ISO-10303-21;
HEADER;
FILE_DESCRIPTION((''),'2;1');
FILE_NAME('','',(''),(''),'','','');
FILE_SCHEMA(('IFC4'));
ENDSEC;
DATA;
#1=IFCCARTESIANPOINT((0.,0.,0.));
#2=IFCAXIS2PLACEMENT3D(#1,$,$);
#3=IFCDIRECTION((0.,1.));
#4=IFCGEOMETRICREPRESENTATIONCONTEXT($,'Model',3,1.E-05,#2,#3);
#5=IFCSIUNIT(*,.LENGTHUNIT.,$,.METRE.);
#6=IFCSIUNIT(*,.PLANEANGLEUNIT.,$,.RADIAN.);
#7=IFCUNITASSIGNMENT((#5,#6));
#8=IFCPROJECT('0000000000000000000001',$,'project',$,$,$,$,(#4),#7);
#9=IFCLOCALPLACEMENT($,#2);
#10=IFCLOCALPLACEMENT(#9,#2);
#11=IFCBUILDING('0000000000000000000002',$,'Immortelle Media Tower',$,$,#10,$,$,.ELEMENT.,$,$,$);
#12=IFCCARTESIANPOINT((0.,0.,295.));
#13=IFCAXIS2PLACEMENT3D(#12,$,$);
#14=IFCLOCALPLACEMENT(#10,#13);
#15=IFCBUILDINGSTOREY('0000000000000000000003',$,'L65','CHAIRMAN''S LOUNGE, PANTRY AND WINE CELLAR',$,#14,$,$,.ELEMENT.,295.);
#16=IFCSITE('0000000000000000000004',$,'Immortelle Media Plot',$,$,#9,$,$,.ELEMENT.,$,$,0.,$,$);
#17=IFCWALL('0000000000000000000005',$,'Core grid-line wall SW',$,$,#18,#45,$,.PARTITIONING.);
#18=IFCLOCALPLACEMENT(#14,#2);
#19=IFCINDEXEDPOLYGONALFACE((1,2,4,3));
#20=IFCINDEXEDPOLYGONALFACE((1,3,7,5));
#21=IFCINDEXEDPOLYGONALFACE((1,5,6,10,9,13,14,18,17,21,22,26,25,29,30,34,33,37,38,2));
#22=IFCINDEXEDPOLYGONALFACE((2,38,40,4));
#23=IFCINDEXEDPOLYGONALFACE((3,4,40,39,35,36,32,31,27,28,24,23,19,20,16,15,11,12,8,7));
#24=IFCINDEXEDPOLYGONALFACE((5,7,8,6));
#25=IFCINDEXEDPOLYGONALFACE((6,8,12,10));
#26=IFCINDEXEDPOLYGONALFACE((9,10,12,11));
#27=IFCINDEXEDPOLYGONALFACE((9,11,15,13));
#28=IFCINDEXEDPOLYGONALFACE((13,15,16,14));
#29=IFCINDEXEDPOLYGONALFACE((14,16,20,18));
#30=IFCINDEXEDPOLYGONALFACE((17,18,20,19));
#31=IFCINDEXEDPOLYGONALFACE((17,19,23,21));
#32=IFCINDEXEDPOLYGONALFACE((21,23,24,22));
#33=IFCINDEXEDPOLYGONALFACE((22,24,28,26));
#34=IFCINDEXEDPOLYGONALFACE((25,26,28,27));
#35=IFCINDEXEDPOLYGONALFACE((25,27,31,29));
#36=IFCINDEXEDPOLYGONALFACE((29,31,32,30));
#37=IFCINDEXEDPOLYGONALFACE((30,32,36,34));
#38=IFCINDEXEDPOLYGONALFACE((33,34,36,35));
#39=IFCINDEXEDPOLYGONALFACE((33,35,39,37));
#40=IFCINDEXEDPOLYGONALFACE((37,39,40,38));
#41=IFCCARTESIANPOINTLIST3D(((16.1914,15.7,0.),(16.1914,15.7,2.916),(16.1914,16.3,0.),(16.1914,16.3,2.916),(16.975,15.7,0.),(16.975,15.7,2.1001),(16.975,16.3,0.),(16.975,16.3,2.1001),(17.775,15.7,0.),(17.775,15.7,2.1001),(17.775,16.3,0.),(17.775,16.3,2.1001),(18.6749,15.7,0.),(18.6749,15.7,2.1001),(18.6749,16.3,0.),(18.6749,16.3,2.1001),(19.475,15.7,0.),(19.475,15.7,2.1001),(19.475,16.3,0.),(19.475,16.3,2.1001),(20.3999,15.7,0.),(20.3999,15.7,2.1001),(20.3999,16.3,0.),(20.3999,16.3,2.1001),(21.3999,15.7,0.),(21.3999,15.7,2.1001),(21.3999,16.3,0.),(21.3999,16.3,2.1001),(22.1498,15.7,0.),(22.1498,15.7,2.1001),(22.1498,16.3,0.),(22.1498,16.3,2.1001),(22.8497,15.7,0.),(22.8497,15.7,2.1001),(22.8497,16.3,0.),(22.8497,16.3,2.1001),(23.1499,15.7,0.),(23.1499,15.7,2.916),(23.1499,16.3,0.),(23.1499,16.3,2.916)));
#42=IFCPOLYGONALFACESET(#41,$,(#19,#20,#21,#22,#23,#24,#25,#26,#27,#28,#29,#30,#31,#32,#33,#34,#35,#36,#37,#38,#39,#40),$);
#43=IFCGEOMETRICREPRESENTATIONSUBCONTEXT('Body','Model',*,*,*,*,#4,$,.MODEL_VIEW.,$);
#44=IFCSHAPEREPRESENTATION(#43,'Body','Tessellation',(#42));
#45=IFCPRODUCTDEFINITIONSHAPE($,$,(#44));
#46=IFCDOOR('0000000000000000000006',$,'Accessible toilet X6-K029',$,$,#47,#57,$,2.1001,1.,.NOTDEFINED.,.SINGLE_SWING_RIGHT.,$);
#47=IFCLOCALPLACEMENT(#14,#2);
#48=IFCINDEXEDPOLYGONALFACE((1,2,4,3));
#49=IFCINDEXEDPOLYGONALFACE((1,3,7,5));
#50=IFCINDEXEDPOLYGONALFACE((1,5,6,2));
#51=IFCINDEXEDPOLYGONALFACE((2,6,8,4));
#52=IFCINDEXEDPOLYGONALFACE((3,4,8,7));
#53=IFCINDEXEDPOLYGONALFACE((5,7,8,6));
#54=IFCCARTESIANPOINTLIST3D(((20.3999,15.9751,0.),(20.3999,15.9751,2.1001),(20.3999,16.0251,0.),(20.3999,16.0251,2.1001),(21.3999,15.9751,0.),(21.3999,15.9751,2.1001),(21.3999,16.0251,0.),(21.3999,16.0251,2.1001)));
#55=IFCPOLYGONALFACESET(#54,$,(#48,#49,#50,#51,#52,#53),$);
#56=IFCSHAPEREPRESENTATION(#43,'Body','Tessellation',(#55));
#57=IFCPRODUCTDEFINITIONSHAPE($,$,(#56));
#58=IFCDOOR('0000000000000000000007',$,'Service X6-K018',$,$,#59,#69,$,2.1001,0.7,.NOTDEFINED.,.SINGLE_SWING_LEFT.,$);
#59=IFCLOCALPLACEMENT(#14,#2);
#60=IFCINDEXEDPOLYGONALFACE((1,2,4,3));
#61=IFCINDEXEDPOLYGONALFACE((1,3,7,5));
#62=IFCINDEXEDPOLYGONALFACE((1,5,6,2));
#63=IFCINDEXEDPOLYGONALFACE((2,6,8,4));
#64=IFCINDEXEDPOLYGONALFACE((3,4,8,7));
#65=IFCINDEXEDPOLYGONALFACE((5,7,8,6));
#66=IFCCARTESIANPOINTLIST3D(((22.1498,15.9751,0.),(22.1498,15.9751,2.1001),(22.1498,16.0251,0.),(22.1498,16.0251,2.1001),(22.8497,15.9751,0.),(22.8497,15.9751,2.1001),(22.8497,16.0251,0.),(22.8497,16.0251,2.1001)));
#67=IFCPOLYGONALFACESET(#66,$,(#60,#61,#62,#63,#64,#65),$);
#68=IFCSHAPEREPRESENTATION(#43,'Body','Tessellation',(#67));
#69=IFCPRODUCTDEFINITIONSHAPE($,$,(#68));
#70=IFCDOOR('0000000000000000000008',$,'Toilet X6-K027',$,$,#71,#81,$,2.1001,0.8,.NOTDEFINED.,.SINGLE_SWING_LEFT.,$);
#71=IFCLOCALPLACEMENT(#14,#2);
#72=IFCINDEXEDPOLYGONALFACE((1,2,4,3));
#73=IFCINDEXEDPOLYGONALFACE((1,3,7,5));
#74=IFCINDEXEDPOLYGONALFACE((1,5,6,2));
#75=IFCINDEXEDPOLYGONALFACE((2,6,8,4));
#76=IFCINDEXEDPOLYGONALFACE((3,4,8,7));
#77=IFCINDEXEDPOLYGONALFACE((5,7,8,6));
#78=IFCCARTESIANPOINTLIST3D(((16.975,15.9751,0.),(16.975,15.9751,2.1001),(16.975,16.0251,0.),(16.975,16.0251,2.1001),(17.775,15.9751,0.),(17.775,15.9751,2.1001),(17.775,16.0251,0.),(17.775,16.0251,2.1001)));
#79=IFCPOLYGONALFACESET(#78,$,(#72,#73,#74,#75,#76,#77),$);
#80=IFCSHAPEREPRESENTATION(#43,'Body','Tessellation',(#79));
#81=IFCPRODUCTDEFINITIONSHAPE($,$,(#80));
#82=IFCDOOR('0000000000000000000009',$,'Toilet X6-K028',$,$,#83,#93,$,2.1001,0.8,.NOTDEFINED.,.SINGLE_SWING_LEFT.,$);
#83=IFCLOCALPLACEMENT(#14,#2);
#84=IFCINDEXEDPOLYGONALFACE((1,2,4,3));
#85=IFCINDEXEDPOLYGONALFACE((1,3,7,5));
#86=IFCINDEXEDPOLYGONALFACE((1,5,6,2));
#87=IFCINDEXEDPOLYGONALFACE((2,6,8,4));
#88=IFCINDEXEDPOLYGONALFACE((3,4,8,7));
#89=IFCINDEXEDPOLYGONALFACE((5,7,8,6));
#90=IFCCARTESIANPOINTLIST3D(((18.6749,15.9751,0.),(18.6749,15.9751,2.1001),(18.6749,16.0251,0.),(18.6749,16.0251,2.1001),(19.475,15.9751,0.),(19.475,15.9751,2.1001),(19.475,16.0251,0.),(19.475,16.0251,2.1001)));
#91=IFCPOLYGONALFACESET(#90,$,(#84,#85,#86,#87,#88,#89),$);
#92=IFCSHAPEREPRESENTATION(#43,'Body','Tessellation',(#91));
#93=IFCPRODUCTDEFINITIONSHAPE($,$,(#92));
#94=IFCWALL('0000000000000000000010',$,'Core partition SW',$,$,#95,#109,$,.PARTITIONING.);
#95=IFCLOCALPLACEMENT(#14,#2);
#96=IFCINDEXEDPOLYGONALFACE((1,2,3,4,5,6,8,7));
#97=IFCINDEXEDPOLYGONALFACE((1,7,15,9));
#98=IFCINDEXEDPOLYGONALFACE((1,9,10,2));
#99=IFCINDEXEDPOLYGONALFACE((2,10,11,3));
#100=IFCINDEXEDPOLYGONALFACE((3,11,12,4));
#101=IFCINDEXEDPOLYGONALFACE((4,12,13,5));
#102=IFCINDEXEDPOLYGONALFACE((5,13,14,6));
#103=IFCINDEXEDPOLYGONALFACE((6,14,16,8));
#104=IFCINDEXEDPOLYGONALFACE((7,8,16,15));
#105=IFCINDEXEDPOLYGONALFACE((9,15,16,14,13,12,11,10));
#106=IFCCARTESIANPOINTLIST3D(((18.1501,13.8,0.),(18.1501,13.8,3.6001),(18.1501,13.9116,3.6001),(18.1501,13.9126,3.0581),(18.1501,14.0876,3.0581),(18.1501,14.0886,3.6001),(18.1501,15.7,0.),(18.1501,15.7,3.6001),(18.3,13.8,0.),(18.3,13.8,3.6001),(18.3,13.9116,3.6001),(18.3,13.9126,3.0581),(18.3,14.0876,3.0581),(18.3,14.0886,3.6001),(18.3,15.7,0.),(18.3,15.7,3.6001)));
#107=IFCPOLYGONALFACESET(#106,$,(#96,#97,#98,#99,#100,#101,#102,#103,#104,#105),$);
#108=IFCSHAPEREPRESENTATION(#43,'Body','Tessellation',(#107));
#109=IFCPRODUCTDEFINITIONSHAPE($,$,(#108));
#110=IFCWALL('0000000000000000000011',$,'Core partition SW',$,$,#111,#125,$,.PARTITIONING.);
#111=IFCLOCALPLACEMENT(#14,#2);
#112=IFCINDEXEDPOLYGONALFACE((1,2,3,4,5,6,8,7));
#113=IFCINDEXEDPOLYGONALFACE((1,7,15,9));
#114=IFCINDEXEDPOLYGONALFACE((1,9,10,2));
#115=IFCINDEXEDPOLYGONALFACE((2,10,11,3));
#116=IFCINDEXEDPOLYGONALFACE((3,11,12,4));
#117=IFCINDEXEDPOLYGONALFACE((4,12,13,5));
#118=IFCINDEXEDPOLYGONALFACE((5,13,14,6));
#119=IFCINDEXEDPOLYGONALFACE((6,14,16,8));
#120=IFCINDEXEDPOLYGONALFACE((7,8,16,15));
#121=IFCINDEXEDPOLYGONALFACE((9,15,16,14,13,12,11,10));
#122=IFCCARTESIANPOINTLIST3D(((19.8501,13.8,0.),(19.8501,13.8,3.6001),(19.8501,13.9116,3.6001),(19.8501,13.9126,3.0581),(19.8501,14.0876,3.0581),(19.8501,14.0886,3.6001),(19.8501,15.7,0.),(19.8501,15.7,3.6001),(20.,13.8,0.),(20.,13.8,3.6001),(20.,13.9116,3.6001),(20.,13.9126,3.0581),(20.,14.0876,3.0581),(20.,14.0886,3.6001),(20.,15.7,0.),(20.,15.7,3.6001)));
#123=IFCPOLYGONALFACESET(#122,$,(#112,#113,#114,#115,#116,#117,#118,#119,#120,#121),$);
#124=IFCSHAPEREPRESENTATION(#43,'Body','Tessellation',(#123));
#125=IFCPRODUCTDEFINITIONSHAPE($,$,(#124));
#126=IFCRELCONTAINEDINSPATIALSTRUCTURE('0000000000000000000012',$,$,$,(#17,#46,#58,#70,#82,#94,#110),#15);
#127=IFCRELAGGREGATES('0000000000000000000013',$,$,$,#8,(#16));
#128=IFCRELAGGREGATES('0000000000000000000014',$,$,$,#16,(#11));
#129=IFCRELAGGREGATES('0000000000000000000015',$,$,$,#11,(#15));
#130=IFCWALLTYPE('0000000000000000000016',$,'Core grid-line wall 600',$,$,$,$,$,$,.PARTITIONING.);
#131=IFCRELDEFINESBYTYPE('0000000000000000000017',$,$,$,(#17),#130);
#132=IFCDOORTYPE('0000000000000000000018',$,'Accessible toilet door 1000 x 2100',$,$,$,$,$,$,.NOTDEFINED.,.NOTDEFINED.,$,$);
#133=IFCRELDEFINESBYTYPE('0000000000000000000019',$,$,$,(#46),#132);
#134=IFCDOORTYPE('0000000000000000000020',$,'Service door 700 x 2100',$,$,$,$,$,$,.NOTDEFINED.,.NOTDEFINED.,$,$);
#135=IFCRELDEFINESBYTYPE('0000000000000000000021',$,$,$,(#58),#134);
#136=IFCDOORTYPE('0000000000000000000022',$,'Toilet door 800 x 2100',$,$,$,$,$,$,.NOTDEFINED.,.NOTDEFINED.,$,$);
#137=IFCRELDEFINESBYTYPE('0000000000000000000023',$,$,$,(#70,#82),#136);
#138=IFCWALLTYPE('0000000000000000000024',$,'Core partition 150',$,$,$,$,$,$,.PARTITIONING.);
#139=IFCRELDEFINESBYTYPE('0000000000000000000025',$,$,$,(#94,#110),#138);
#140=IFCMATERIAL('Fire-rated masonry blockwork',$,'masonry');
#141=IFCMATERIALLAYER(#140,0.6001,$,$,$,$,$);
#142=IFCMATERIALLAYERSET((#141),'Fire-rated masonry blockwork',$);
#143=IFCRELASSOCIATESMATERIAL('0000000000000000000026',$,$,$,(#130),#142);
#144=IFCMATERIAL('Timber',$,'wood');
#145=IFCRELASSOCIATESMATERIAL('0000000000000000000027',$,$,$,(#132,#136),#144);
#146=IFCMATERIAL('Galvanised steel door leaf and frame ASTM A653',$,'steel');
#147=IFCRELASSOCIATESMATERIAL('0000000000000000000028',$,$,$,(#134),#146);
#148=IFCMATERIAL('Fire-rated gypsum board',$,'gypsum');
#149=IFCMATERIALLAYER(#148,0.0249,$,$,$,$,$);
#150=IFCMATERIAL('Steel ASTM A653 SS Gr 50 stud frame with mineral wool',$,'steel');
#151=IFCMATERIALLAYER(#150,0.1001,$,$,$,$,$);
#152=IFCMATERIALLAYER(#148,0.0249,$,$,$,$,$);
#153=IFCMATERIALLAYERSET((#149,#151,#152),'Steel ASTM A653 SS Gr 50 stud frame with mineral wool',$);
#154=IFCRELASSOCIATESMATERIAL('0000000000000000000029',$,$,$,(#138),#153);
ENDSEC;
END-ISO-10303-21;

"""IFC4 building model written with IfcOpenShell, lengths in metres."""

from ifc_helpers import new_model, si_unit, direction, frame, frame_2d, origin, place, context, subcontext, project, spatial, polyline, rectangle, outline, extrude, material, layer, layer_set, type_object, element, fill, save


model = new_model("IFC4")

# Units and contexts
model_context = context("Model", 3, precision=1e-05, world=origin(), true_north=direction((0.0, 1.0)))
body_context = subcontext(model_context, "Body", "Model", "MODEL_VIEW")
ifc_project = project(units=[si_unit("LENGTHUNIT", "METRE"), si_unit("PLANEANGLEUNIT", "RADIAN")], contexts=[model_context])

# Site, building, storey
site_placement = place(None, origin())
site = spatial("IfcSite", under=ifc_project, at=site_placement, Name="Immortelle Media Plot", CompositionType="ELEMENT", RefElevation=0.0)
building_placement = place(site_placement, origin())
building = spatial("IfcBuilding", under=site, at=building_placement, Name="Immortelle Media Tower", CompositionType="ELEMENT")
storey_placement = place(building_placement, frame((0.0, 0.0, 295.0)))
storey = spatial("IfcBuildingStorey", under=building, at=storey_placement, Name="L65", Description="CHAIRMAN'S LOUNGE, PANTRY AND WINE CELLAR", CompositionType="ELEMENT", Elevation=295.0)

# Wall, openings, doors
ifc_material_1 = material(Name="Fire-rated masonry blockwork", Category="masonry")
ifc_layer_1 = layer(ifc_material_1, 0.6001)
ifc_layer_set_1 = layer_set([ifc_layer_1], Name="Fire-rated masonry blockwork")
wall_type_1 = type_object("IfcWallType", Name="Core grid-line wall 600", PredefinedType="PARTITIONING", material=ifc_layer_set_1)
wall_1_placement = place(storey_placement, frame((16.1914, 16.0, 0.0), z_axis=(0.0, 0.0, 1.0), x_axis=(1.0, 0.0, 0.0)))
wall_1 = element("IfcWall", 1, at=wall_1_placement, inside=storey, type_object=wall_type_1, Name="Core grid-line wall SW", PredefinedType="PARTITIONING", context=body_context, shape_type="SweptSolid", body=[
    extrude(rectangle(XDim=6.9585, YDim=0.6001, at=frame_2d((3.4792, 0.0))), origin(), (0.0, 0.0, 1.0), 2.916),
])
opening_1_placement = place(wall_1_placement, frame((1.5835, 0.0, 0.0), z_axis=(0.0, 0.0, 1.0), x_axis=(-1.0, 0.0, 0.0)))
opening_1 = element("IfcOpeningElement", 2, at=opening_1_placement, cuts=wall_1, PredefinedType="OPENING", context=body_context, shape_type="SweptSolid", body=[
    extrude(rectangle(XDim=0.8, YDim=2.1001, at=frame_2d((0.3999, 1.05))), frame((0.0, 0.3101, 0.0), z_axis=(0.0, -1.0, 0.0), x_axis=(1.0, 0.0, 0.0)), (0.0, 0.0, 1.0), 0.6201),
])
opening_2_placement = place(wall_1_placement, frame((3.2834, 0.0, 0.0), z_axis=(0.0, 0.0, 1.0), x_axis=(-1.0, 0.0, 0.0)))
opening_2 = element("IfcOpeningElement", 3, at=opening_2_placement, cuts=wall_1, PredefinedType="OPENING", context=body_context, shape_type="SweptSolid", body=[
    extrude(rectangle(XDim=0.8, YDim=2.1001, at=frame_2d((0.3999, 1.05))), frame((0.0, 0.3101, 0.0), z_axis=(0.0, -1.0, 0.0), x_axis=(1.0, 0.0, 0.0)), (0.0, 0.0, 1.0), 0.6201),
])
opening_3_placement = place(wall_1_placement, frame((5.2085, 0.0, 0.0), z_axis=(0.0, 0.0, 1.0), x_axis=(-1.0, 0.0, 0.0)))
opening_3 = element("IfcOpeningElement", 4, at=opening_3_placement, cuts=wall_1, PredefinedType="OPENING", context=body_context, shape_type="SweptSolid", body=[
    extrude(rectangle(XDim=1.0, YDim=2.1001, at=frame_2d((0.5, 1.05))), frame((0.0, 0.3101, 0.0), z_axis=(0.0, -1.0, 0.0), x_axis=(1.0, 0.0, 0.0)), (0.0, 0.0, 1.0), 0.6201),
])
opening_4_placement = place(wall_1_placement, frame((6.6584, 0.0, 0.0), z_axis=(0.0, 0.0, 1.0), x_axis=(-1.0, 0.0, 0.0)))
opening_4 = element("IfcOpeningElement", 5, at=opening_4_placement, cuts=wall_1, PredefinedType="OPENING", context=body_context, shape_type="SweptSolid", body=[
    extrude(rectangle(XDim=0.7, YDim=2.1001, at=frame_2d((0.3501, 1.05))), frame((0.0, 0.3101, 0.0), z_axis=(0.0, -1.0, 0.0), x_axis=(1.0, 0.0, 0.0)), (0.0, 0.0, 1.0), 0.6201),
])
ifc_material_2 = material(Name="Timber", Category="wood")
door_type_1 = type_object("IfcDoorType", Name="Accessible toilet door 1000 x 2100", OperationType="NOTDEFINED", PredefinedType="NOTDEFINED", material=ifc_material_2)
door_1_placement = place(opening_3_placement, origin())
door_1 = element("IfcDoor", 6, at=door_1_placement, inside=storey, type_object=door_type_1, Name="Accessible toilet X6-K029", OperationType="SINGLE_SWING_RIGHT", OverallHeight=2.1001, OverallWidth=1.0, PredefinedType="NOTDEFINED", context=body_context, shape_type="SweptSolid", body=[
    extrude(rectangle(XDim=1.0, YDim=2.1001, at=frame_2d((0.5, 1.05))), frame((0.0, 0.0249, 0.0), z_axis=(0.0, -1.0, 0.0), x_axis=(1.0, 0.0, 0.0)), (0.0, 0.0, 1.0), 0.05),
])
fill(opening_3, door_1)
ifc_material_3 = material(Name="Galvanised steel door leaf and frame ASTM A653", Category="steel")
door_type_2 = type_object("IfcDoorType", Name="Service door 700 x 2100", OperationType="NOTDEFINED", PredefinedType="NOTDEFINED", material=ifc_material_3)
door_2_placement = place(opening_4_placement, origin())
door_2 = element("IfcDoor", 7, at=door_2_placement, inside=storey, type_object=door_type_2, Name="Service X6-K018", OperationType="SINGLE_SWING_LEFT", OverallHeight=2.1001, OverallWidth=0.7, PredefinedType="NOTDEFINED", context=body_context, shape_type="SweptSolid", body=[
    extrude(rectangle(XDim=0.7, YDim=2.1001, at=frame_2d((0.3501, 1.05))), frame((0.0, 0.0249, 0.0), z_axis=(0.0, -1.0, 0.0), x_axis=(1.0, 0.0, 0.0)), (0.0, 0.0, 1.0), 0.05),
])
fill(opening_4, door_2)
door_type_3 = type_object("IfcDoorType", Name="Toilet door 800 x 2100", OperationType="NOTDEFINED", PredefinedType="NOTDEFINED", material=ifc_material_2)
door_3_placement = place(opening_1_placement, origin())
door_3 = element("IfcDoor", 8, at=door_3_placement, inside=storey, type_object=door_type_3, Name="Toilet X6-K027", OperationType="SINGLE_SWING_LEFT", OverallHeight=2.1001, OverallWidth=0.8, PredefinedType="NOTDEFINED", context=body_context, shape_type="SweptSolid", body=[
    extrude(rectangle(XDim=0.8, YDim=2.1001, at=frame_2d((0.3999, 1.05))), frame((0.0, 0.0249, 0.0), z_axis=(0.0, -1.0, 0.0), x_axis=(1.0, 0.0, 0.0)), (0.0, 0.0, 1.0), 0.05),
])
fill(opening_1, door_3)
door_4_placement = place(opening_2_placement, origin())
door_4 = element("IfcDoor", 9, at=door_4_placement, inside=storey, type_object=door_type_3, Name="Toilet X6-K028", OperationType="SINGLE_SWING_LEFT", OverallHeight=2.1001, OverallWidth=0.8, PredefinedType="NOTDEFINED", context=body_context, shape_type="SweptSolid", body=[
    extrude(rectangle(XDim=0.8, YDim=2.1001, at=frame_2d((0.3999, 1.05))), frame((0.0, 0.0249, 0.0), z_axis=(0.0, -1.0, 0.0), x_axis=(1.0, 0.0, 0.0)), (0.0, 0.0, 1.0), 0.05),
])
fill(opening_2, door_4)

# Walls
ifc_material_4 = material(Name="Fire-rated gypsum board", Category="gypsum")
ifc_layer_2 = layer(ifc_material_4, 0.0249)
ifc_material_5 = material(Name="Steel ASTM A653 SS Gr 50 stud frame with mineral wool", Category="steel")
ifc_layer_3 = layer(ifc_material_5, 0.1001)
ifc_layer_4 = layer(ifc_material_4, 0.0249)
ifc_layer_set_2 = layer_set([ifc_layer_2, ifc_layer_3, ifc_layer_4], Name="Steel ASTM A653 SS Gr 50 stud frame with mineral wool")
wall_type_2 = type_object("IfcWallType", Name="Core partition 150", PredefinedType="PARTITIONING", material=ifc_layer_set_2)
for number, where, z_axis, x_axis, name in (
    (10, (18.2251, 13.8, 0.0), (0.0, 0.0, 1.0), (0.0, 1.0, 0.0), "Core partition SW"),
    (11, (19.925, 13.8, 0.0), (0.0, 0.0, 1.0), (0.0, 1.0, 0.0), "Core partition SW"),
):
    element("IfcWall", number, at=place(storey_placement, frame(where, z_axis=z_axis, x_axis=x_axis)), inside=storey, type_object=wall_type_2, Name=name, PredefinedType="PARTITIONING", context=body_context, shape_type="SweptSolid", body=[
        extrude(outline(polyline([(0.0, 0.0), (1.8999, 0.0), (1.8999, 3.6001), (0.2886, 3.6001), (0.2876, 3.0581), (0.1125, 3.0581), (0.1116, 3.6001), (0.0, 3.6001), (0.0, 0.0)])), frame((0.0, 0.075, 0.0), z_axis=(0.0, -1.0, 0.0), x_axis=(1.0, 0.0, 0.0)), (0.0, 0.0, 1.0), 0.1499),
    ])

save(model, "model.ifc")
